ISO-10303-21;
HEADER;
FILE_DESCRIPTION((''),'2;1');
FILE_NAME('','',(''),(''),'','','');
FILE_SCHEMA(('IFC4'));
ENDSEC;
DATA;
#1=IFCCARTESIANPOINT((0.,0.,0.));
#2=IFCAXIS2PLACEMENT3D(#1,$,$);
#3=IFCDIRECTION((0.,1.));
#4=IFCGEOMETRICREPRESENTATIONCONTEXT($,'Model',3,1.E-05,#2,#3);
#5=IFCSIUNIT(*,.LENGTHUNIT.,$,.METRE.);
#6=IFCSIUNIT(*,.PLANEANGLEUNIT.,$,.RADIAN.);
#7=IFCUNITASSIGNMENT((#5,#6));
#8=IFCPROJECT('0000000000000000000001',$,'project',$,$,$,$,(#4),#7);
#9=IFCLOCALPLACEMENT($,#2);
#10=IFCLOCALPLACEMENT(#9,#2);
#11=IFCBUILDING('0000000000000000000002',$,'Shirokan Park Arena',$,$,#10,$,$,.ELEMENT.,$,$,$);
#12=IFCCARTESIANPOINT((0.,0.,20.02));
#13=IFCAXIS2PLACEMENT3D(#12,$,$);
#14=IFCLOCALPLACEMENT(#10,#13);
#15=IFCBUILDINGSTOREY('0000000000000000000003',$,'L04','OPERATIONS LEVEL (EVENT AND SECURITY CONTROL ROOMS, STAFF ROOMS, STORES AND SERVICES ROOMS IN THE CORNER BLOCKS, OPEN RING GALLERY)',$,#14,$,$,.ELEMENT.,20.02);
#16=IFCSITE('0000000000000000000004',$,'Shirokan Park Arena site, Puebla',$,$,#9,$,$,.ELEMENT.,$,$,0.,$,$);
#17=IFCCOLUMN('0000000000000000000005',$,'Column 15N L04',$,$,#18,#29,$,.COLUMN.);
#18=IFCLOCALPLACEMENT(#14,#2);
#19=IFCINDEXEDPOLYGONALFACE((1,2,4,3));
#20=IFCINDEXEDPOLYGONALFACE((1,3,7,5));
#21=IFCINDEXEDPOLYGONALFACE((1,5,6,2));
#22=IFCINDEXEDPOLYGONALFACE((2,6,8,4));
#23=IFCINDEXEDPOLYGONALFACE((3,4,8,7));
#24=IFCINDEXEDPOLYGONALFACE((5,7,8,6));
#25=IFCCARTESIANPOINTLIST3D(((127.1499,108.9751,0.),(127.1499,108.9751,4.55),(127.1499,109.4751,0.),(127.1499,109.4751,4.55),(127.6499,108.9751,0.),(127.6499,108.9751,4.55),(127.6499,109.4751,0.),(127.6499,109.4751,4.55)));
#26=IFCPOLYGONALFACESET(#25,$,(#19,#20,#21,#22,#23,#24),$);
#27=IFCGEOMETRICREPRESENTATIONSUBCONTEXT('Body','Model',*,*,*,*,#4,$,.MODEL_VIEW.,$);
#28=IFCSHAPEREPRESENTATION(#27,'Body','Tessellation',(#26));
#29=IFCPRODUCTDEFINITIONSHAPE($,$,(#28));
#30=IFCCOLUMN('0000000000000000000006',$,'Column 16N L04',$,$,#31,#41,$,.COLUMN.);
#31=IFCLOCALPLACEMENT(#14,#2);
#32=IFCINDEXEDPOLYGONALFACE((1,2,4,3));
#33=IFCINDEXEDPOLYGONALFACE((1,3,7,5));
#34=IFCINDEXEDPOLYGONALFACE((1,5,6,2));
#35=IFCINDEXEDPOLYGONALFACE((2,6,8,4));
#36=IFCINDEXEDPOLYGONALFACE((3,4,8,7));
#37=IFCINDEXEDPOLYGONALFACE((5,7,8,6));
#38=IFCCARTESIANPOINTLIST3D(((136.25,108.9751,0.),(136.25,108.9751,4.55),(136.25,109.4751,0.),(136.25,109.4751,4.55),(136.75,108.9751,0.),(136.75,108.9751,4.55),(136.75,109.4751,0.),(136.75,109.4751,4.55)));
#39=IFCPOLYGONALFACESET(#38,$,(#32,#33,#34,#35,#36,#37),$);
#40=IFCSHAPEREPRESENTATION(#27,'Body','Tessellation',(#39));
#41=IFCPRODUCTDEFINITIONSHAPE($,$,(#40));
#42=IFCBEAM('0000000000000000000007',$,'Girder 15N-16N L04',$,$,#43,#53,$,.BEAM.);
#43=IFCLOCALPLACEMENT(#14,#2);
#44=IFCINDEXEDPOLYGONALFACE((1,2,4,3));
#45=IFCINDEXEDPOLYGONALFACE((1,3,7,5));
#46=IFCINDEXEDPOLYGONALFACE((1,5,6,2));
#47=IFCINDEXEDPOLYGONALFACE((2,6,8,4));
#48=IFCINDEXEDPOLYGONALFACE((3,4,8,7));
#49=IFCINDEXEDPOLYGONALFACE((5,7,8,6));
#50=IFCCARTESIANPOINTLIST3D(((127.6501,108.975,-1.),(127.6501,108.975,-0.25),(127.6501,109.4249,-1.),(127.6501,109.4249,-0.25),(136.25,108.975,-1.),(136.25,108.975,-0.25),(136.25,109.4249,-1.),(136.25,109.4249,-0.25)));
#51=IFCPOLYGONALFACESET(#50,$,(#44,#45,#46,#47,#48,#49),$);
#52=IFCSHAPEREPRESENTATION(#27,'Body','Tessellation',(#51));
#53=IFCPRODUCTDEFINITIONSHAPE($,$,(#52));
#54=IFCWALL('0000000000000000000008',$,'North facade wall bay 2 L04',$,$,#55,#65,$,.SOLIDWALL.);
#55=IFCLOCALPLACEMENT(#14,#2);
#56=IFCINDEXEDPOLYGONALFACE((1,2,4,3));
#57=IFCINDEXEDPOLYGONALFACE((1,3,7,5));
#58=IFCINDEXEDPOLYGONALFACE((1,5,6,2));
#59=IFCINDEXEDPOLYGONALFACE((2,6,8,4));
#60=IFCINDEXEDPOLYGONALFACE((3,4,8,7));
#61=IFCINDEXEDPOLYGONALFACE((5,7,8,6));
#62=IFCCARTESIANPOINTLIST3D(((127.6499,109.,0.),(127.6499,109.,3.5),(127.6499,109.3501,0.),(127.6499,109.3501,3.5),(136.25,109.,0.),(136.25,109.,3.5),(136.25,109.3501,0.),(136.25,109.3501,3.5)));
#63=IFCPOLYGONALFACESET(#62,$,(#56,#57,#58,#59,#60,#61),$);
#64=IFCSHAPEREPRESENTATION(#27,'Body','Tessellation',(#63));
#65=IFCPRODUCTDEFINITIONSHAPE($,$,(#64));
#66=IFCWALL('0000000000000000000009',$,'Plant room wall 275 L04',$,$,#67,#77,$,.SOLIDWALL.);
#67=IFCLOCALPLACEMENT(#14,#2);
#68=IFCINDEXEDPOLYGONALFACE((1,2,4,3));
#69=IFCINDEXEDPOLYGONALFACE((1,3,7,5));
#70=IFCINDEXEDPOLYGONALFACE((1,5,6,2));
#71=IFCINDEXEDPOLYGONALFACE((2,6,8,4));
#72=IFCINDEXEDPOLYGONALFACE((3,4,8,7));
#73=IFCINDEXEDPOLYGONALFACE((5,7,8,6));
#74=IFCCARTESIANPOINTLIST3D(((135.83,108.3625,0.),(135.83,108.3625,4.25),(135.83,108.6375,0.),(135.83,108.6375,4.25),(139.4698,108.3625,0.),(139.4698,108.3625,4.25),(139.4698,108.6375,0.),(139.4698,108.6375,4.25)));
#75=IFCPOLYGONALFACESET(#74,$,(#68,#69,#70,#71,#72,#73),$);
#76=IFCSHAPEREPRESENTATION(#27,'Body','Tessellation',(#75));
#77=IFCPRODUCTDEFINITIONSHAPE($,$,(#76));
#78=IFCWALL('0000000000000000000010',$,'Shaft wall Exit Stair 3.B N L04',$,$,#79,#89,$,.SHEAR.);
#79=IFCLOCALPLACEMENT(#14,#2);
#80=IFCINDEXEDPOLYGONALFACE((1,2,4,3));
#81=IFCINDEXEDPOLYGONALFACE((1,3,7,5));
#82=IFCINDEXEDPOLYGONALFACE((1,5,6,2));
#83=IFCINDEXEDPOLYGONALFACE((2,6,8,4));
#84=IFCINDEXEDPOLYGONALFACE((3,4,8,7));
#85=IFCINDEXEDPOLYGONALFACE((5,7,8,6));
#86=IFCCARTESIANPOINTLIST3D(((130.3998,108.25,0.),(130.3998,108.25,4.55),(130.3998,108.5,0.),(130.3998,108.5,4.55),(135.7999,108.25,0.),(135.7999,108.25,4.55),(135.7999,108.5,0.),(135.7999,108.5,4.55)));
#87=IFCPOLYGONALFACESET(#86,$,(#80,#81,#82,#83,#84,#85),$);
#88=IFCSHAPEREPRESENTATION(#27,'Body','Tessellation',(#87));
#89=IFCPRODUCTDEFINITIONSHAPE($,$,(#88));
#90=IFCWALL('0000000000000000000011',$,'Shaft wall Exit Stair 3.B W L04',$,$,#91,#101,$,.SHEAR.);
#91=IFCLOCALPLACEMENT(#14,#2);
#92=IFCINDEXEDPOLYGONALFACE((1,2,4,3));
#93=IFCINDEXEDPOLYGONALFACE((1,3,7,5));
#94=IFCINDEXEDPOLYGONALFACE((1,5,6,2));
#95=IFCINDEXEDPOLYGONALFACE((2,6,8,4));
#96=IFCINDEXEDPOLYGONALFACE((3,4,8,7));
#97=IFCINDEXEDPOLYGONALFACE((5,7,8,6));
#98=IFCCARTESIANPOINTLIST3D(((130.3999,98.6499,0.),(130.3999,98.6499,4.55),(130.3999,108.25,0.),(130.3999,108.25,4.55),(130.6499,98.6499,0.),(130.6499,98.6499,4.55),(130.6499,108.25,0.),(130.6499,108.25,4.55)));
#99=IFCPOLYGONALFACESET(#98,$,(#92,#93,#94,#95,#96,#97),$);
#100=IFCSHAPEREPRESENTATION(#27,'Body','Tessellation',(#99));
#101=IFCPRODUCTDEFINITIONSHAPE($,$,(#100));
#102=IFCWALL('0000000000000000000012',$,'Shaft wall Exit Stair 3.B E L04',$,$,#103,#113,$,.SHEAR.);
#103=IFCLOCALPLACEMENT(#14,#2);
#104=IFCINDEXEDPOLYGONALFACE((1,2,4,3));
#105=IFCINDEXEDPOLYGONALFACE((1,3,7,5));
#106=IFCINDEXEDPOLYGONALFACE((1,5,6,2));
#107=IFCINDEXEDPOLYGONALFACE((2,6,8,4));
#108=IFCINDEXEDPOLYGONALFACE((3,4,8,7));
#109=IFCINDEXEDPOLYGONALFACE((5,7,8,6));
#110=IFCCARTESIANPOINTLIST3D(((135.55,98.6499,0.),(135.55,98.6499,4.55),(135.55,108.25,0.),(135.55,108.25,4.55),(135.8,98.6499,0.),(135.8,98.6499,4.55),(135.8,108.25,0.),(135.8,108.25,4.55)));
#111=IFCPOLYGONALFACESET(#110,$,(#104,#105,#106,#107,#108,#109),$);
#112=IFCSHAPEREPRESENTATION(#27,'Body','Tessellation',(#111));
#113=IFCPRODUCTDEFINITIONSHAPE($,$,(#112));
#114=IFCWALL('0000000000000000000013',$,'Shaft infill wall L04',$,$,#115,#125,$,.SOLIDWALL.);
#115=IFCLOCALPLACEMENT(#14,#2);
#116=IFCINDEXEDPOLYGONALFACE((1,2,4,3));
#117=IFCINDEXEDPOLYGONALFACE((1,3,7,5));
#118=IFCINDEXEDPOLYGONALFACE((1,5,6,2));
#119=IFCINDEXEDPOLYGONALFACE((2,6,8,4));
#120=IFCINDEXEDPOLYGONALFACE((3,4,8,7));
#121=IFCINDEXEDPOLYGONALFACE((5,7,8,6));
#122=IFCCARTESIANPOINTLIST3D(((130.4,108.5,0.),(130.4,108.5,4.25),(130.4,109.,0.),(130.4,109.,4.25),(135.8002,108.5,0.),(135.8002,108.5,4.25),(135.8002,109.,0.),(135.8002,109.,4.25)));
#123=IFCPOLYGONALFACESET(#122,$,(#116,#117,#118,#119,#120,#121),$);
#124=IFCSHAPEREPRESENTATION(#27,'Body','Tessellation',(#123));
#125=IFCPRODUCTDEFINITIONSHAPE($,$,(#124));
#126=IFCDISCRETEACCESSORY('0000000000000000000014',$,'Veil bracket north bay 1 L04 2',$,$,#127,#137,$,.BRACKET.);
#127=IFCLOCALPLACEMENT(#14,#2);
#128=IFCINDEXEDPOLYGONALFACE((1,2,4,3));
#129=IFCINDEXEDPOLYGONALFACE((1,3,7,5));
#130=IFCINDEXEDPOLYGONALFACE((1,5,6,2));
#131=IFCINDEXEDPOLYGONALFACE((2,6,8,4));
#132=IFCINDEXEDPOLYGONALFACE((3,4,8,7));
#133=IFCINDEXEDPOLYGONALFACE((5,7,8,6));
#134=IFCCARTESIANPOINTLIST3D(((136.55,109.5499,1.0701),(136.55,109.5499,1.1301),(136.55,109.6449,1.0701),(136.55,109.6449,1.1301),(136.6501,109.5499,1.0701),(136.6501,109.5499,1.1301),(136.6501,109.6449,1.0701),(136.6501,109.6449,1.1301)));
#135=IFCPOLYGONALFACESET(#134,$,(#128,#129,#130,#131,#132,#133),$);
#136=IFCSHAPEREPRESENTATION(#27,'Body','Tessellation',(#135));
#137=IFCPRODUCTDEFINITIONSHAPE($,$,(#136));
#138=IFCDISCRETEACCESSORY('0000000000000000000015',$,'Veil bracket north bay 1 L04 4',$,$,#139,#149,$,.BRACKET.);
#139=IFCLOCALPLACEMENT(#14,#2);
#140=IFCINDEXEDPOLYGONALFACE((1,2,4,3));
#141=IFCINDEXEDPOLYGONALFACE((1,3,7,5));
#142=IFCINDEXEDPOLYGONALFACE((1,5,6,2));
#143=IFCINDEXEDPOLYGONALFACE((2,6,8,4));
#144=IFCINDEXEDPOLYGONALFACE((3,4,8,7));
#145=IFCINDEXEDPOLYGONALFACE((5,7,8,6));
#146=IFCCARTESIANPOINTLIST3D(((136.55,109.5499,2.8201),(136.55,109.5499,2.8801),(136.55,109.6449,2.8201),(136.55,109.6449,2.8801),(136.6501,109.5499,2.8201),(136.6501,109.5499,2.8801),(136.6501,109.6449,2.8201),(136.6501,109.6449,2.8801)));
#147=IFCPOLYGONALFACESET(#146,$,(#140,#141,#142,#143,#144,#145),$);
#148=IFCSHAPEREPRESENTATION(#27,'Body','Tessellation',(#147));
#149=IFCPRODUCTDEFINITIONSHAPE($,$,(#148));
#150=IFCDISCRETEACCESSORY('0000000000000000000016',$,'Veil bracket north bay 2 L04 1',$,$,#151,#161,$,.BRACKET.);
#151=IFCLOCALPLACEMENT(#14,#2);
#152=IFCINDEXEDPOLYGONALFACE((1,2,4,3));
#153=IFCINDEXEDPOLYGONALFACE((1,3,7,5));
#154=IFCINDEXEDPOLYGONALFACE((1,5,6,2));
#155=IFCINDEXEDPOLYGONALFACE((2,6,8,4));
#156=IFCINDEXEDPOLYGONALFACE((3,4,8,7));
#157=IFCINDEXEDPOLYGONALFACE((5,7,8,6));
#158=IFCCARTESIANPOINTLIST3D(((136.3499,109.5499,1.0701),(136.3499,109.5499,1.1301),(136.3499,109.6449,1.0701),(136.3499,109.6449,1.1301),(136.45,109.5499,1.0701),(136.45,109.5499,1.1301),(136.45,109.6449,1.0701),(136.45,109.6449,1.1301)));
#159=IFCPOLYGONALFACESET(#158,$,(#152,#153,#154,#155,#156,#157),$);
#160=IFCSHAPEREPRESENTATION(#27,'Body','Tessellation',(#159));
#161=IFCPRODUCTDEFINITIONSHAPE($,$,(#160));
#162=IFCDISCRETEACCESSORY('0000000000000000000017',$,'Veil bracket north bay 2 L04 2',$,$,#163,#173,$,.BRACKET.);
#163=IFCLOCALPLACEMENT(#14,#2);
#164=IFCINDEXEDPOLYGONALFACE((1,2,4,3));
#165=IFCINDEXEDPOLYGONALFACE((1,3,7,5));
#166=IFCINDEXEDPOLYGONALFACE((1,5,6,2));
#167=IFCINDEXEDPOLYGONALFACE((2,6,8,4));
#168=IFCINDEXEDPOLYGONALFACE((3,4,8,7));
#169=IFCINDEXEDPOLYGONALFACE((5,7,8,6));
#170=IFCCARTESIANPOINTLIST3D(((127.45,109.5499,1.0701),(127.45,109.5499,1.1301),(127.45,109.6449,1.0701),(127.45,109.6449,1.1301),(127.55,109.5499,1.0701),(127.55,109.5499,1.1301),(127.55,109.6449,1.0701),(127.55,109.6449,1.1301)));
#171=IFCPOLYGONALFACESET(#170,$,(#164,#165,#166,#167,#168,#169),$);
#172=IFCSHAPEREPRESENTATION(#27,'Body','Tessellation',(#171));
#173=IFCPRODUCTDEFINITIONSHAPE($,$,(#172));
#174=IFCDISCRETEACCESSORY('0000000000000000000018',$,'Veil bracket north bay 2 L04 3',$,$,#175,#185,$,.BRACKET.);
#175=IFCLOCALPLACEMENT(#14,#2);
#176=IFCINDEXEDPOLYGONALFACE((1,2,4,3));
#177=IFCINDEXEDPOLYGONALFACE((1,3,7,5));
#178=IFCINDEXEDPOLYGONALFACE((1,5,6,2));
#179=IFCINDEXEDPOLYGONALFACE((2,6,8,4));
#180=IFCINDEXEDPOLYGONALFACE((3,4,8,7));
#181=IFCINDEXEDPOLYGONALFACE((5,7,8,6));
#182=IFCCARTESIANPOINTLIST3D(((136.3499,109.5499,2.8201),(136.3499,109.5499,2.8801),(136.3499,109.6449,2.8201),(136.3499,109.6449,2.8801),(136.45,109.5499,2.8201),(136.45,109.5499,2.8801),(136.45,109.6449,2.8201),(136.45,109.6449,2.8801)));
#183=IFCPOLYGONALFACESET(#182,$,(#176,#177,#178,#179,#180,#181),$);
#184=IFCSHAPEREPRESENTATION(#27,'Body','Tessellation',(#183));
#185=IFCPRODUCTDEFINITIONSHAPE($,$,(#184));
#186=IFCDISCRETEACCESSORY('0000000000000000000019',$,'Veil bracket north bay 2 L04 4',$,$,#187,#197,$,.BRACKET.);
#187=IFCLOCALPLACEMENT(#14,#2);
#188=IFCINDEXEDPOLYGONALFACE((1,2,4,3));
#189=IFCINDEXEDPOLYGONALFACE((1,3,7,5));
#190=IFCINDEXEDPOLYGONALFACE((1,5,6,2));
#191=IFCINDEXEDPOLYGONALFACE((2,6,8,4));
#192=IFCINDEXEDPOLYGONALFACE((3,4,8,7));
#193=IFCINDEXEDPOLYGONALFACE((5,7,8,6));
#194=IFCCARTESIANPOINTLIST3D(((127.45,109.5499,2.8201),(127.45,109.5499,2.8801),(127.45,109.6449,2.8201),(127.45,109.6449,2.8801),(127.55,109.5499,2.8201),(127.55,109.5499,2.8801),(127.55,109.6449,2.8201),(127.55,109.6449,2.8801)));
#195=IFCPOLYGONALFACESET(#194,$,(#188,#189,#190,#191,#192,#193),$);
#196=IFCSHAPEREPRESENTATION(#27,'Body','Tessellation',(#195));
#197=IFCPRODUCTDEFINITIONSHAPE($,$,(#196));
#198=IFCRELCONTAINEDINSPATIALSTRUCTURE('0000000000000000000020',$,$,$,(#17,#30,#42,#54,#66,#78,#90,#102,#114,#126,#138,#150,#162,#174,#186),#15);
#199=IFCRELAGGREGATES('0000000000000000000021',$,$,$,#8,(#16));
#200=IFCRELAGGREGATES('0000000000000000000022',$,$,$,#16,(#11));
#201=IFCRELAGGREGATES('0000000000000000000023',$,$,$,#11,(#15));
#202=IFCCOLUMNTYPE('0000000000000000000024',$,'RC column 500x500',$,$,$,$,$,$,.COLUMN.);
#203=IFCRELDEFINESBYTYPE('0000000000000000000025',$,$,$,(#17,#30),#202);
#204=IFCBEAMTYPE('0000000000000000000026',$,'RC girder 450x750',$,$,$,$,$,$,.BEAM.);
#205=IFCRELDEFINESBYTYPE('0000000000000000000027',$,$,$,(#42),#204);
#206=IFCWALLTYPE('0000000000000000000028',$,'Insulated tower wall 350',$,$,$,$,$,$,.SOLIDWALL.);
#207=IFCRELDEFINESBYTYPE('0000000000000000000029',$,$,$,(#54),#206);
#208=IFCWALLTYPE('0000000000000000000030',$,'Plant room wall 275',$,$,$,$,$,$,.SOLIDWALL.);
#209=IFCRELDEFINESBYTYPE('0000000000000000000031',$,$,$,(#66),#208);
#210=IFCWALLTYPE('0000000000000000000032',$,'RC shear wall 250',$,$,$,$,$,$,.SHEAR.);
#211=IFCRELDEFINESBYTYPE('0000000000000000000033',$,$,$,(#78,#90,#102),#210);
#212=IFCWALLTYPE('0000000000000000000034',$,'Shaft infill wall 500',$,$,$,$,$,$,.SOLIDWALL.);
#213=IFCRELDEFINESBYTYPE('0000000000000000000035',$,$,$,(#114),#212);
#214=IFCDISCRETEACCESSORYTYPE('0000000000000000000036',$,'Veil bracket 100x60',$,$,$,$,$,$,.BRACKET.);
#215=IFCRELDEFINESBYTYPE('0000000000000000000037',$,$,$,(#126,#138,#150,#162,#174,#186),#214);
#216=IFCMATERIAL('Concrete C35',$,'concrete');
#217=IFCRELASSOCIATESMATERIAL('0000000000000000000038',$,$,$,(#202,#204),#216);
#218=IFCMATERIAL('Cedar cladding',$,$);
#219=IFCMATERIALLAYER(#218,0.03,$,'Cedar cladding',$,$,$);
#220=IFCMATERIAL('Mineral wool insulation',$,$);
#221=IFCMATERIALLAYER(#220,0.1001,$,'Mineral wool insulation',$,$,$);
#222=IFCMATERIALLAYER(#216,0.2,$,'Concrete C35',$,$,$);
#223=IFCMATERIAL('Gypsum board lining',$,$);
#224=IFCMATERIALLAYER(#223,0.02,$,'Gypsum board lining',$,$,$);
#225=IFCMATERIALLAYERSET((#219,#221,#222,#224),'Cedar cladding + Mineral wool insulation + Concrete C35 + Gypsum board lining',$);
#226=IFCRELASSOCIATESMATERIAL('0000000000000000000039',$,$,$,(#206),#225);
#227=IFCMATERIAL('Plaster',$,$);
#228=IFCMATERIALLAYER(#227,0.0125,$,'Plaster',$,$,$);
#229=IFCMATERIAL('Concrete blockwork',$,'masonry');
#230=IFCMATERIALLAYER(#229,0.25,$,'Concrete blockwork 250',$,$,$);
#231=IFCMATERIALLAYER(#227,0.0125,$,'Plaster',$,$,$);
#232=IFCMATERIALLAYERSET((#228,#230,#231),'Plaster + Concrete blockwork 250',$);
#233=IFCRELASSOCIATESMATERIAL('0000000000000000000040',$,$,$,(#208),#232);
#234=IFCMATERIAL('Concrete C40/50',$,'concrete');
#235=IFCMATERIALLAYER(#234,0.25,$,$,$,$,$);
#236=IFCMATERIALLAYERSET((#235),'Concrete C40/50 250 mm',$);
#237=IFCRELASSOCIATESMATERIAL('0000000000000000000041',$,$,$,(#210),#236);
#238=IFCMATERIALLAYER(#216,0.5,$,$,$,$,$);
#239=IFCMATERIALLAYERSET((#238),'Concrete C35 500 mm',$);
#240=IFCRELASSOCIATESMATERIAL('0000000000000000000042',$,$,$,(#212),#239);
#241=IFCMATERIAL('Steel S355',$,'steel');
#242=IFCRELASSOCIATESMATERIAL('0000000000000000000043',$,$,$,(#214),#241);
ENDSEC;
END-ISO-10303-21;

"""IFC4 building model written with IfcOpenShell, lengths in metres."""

from ifc_helpers import new_model, si_unit, direction, frame, frame_2d, origin, origin_2d, place, context, subcontext, project, spatial, rectangle, extrude, material, layer, layer_set, material_profile, profile_set, type_object, element, save


model = new_model("IFC4")

# Units and contexts
model_context = context("Model", 3, precision=1e-05, world=origin(), true_north=direction((0.0, 1.0)))
body_context = subcontext(model_context, "Body", "Model", "MODEL_VIEW")
ifc_project = project(units=[si_unit("LENGTHUNIT", "METRE"), si_unit("PLANEANGLEUNIT", "RADIAN")], contexts=[model_context])

# Site, building, storey
site_placement = place(None, origin())
site = spatial("IfcSite", under=ifc_project, at=site_placement, Name="Shirokan Park Arena site, Puebla", CompositionType="ELEMENT", RefElevation=0.0)
building_placement = place(site_placement, origin())
building = spatial("IfcBuilding", under=site, at=building_placement, Name="Shirokan Park Arena", CompositionType="ELEMENT")
storey_placement = place(building_placement, frame((0.0, 0.0, 20.02)))
storey = spatial("IfcBuildingStorey", under=building, at=storey_placement, Name="L04", Description="OPERATIONS LEVEL (EVENT AND SECURITY CONTROL ROOMS, STAFF ROOMS, STORES AND SERVICES ROOMS IN THE CORNER BLOCKS, OPEN RING GALLERY)", CompositionType="ELEMENT", Elevation=20.02)

# Columns
ifc_material_1 = material(Name="Concrete C35", Category="concrete")
ifc_material_profile_1 = material_profile(ifc_material_1, rectangle(XDim=0.5, YDim=0.5, at=origin_2d()), Name="500x500")
ifc_profile_set_1 = profile_set([ifc_material_profile_1], Name="Concrete C35")
column_type = type_object("IfcColumnType", Name="RC column 500x500", PredefinedType="COLUMN", material=ifc_profile_set_1)
for number, where, z_axis, x_axis, name in (
    (1, (127.3999, 109.2251, 0.0), (0.0, 0.0, 1.0), (1.0, 0.0, 0.0), "Column 15N L04"),
    (2, (136.5, 109.2251, 0.0), (0.0, 0.0, 1.0), (1.0, 0.0, 0.0), "Column 16N L04"),
):
    element("IfcColumn", number, at=place(storey_placement, frame(where, z_axis=z_axis, x_axis=x_axis)), inside=storey, type_object=column_type, Name=name, PredefinedType="COLUMN", context=body_context, shape_type="SweptSolid", body=[
        extrude(rectangle(XDim=0.5, YDim=0.5, at=origin_2d()), origin(), (0.0, 0.0, 1.0), 4.55),
    ])

# Beam
ifc_material_profile_2 = material_profile(ifc_material_1, rectangle(XDim=0.45, YDim=0.75, at=origin_2d()), Name="450x750")
ifc_profile_set_2 = profile_set([ifc_material_profile_2], Name="Concrete C35")
beam_type = type_object("IfcBeamType", Name="RC girder 450x750", PredefinedType="BEAM", material=ifc_profile_set_2)
beam_placement = place(storey_placement, frame((127.6501, 109.2, -0.625), z_axis=(1.0, 0.0, 0.0), x_axis=(0.0, 1.0, 0.0)))
element("IfcBeam", 3, at=beam_placement, inside=storey, type_object=beam_type, Name="Girder 15N-16N L04", PredefinedType="BEAM", context=body_context, shape_type="SweptSolid", body=[
    extrude(rectangle(XDim=0.45, YDim=0.75, at=origin_2d()), origin(), (0.0, 0.0, 1.0), 8.5999),
])

# Walls
ifc_material_2 = material(Name="Cedar cladding")
ifc_layer_1 = layer(ifc_material_2, 0.03, Name="Cedar cladding")
ifc_material_3 = material(Name="Mineral wool insulation")
ifc_layer_2 = layer(ifc_material_3, 0.1001, Name="Mineral wool insulation")
ifc_layer_3 = layer(ifc_material_1, 0.2, Name="Concrete C35")
ifc_material_4 = material(Name="Gypsum board lining")
ifc_layer_4 = layer(ifc_material_4, 0.02, Name="Gypsum board lining")
ifc_layer_set_1 = layer_set([ifc_layer_1, ifc_layer_2, ifc_layer_3, ifc_layer_4], Name="Cedar cladding + Mineral wool insulation + Concrete C35 + Gypsum board lining")
wall_type_1 = type_object("IfcWallType", Name="Insulated tower wall 350", PredefinedType="SOLIDWALL", material=ifc_layer_set_1)
wall_1_placement = place(storey_placement, frame((136.25, 109.175, 0.0), z_axis=(0.0, 0.0, 1.0), x_axis=(-1.0, 0.0, 0.0)))
element("IfcWall", 4, at=wall_1_placement, inside=storey, type_object=wall_type_1, Name="North facade wall bay 2 L04", PredefinedType="SOLIDWALL", context=body_context, shape_type="SweptSolid", body=[
    extrude(rectangle(XDim=8.6001, YDim=0.3501, at=frame_2d((4.3, 0.0))), origin(), (0.0, 0.0, 1.0), 3.5),
])
ifc_material_5 = material(Name="Plaster")
ifc_layer_5 = layer(ifc_material_5, 0.0125, Name="Plaster")
ifc_material_6 = material(Name="Concrete blockwork", Category="masonry")
ifc_layer_6 = layer(ifc_material_6, 0.25, Name="Concrete blockwork 250")
ifc_layer_7 = layer(ifc_material_5, 0.0125, Name="Plaster")
ifc_layer_set_2 = layer_set([ifc_layer_5, ifc_layer_6, ifc_layer_7], Name="Plaster + Concrete blockwork 250")
wall_type_2 = type_object("IfcWallType", Name="Plant room wall 275", PredefinedType="SOLIDWALL", material=ifc_layer_set_2)
wall_2_placement = place(storey_placement, frame((135.8301, 108.5, 0.0), z_axis=(0.0, 0.0, 1.0), x_axis=(1.0, 0.0, 0.0)))
element("IfcWall", 5, at=wall_2_placement, inside=storey, type_object=wall_type_2, Name="Plant room wall 275 L04", PredefinedType="SOLIDWALL", context=body_context, shape_type="SweptSolid", body=[
    extrude(rectangle(XDim=3.6399, YDim=0.2749, at=frame_2d((1.8198, 0.0))), origin(), (0.0, 0.0, 1.0), 4.25),
])
ifc_material_7 = material(Name="Concrete C40/50", Category="concrete")
ifc_layer_8 = layer(ifc_material_7, 0.25)
ifc_layer_set_3 = layer_set([ifc_layer_8], Name="Concrete C40/50 250 mm")
wall_type_3 = type_object("IfcWallType", Name="RC shear wall 250", PredefinedType="SHEAR", material=ifc_layer_set_3)
wall_3_placement = place(storey_placement, frame((135.8, 108.375, 0.0), z_axis=(0.0, 0.0, 1.0), x_axis=(-1.0, 0.0, 0.0)))
element("IfcWall", 6, at=wall_3_placement, inside=storey, type_object=wall_type_3, Name="Shaft wall Exit Stair 3.B N L04", PredefinedType="SHEAR", context=body_context, shape_type="SweptSolid", body=[
    extrude(rectangle(XDim=5.4001, YDim=0.25, at=frame_2d((2.7002, 0.0))), origin(), (0.0, 0.0, 1.0), 4.55),
])
for number, where, z_axis, x_axis, name in (
    (7, (130.5249, 108.25, 0.0), (0.0, 0.0, 1.0), (0.0, -1.0, 0.0), "Shaft wall Exit Stair 3.B W L04"),
    (8, (135.675, 108.25, 0.0), (0.0, 0.0, 1.0), (0.0, -1.0, 0.0), "Shaft wall Exit Stair 3.B E L04"),
):
    element("IfcWall", number, at=place(storey_placement, frame(where, z_axis=z_axis, x_axis=x_axis)), inside=storey, type_object=wall_type_3, Name=name, PredefinedType="SHEAR", context=body_context, shape_type="SweptSolid", body=[
        extrude(rectangle(XDim=9.6001, YDim=0.25, at=frame_2d((4.8, 0.0))), origin(), (0.0, 0.0, 1.0), 4.55),
    ])
ifc_layer_9 = layer(ifc_material_1, 0.5)
ifc_layer_set_4 = layer_set([ifc_layer_9], Name="Concrete C35 500 mm")
wall_type_4 = type_object("IfcWallType", Name="Shaft infill wall 500", PredefinedType="SOLIDWALL", material=ifc_layer_set_4)
wall_4_placement = place(storey_placement, frame((130.3999, 108.75, 0.0), z_axis=(0.0, 0.0, 1.0), x_axis=(1.0, 0.0, 0.0)))
element("IfcWall", 9, at=wall_4_placement, inside=storey, type_object=wall_type_4, Name="Shaft infill wall L04", PredefinedType="SOLIDWALL", context=body_context, shape_type="SweptSolid", body=[
    extrude(rectangle(XDim=5.4001, YDim=0.5, at=frame_2d((2.7002, 0.0))), origin(), (0.0, 0.0, 1.0), 4.25),
])

# Discrete accessories
ifc_material_8 = material(Name="Steel S355", Category="steel")
discrete_accessory_type = type_object("IfcDiscreteAccessoryType", Name="Veil bracket 100x60", PredefinedType="BRACKET", material=ifc_material_8)
for number, where, z_axis, x_axis, name in (
    (10, (136.6001, 109.5974, 1.0701), (0.0, 0.0, 1.0), (-1.0, 0.0, 0.0), "Veil bracket north bay 1 L04 2"),
    (11, (136.6001, 109.5974, 2.8201), (0.0, 0.0, 1.0), (-1.0, 0.0, 0.0), "Veil bracket north bay 1 L04 4"),
    (12, (136.3999, 109.5974, 1.0701), (0.0, 0.0, 1.0), (-1.0, 0.0, 0.0), "Veil bracket north bay 2 L04 1"),
    (13, (127.5, 109.5974, 1.0701), (0.0, 0.0, 1.0), (-1.0, 0.0, 0.0), "Veil bracket north bay 2 L04 2"),
    (14, (136.3999, 109.5974, 2.8201), (0.0, 0.0, 1.0), (-1.0, 0.0, 0.0), "Veil bracket north bay 2 L04 3"),
    (15, (127.5, 109.5974, 2.8201), (0.0, 0.0, 1.0), (-1.0, 0.0, 0.0), "Veil bracket north bay 2 L04 4"),
):
    element("IfcDiscreteAccessory", number, at=place(storey_placement, frame(where, z_axis=z_axis, x_axis=x_axis)), inside=storey, type_object=discrete_accessory_type, Name=name, PredefinedType="BRACKET", context=body_context, shape_type="SweptSolid", body=[
        extrude(rectangle(XDim=0.1001, YDim=0.095, at=origin_2d()), origin(), (0.0, 0.0, 1.0), 0.0601),
    ])

save(model, "model.ifc")
